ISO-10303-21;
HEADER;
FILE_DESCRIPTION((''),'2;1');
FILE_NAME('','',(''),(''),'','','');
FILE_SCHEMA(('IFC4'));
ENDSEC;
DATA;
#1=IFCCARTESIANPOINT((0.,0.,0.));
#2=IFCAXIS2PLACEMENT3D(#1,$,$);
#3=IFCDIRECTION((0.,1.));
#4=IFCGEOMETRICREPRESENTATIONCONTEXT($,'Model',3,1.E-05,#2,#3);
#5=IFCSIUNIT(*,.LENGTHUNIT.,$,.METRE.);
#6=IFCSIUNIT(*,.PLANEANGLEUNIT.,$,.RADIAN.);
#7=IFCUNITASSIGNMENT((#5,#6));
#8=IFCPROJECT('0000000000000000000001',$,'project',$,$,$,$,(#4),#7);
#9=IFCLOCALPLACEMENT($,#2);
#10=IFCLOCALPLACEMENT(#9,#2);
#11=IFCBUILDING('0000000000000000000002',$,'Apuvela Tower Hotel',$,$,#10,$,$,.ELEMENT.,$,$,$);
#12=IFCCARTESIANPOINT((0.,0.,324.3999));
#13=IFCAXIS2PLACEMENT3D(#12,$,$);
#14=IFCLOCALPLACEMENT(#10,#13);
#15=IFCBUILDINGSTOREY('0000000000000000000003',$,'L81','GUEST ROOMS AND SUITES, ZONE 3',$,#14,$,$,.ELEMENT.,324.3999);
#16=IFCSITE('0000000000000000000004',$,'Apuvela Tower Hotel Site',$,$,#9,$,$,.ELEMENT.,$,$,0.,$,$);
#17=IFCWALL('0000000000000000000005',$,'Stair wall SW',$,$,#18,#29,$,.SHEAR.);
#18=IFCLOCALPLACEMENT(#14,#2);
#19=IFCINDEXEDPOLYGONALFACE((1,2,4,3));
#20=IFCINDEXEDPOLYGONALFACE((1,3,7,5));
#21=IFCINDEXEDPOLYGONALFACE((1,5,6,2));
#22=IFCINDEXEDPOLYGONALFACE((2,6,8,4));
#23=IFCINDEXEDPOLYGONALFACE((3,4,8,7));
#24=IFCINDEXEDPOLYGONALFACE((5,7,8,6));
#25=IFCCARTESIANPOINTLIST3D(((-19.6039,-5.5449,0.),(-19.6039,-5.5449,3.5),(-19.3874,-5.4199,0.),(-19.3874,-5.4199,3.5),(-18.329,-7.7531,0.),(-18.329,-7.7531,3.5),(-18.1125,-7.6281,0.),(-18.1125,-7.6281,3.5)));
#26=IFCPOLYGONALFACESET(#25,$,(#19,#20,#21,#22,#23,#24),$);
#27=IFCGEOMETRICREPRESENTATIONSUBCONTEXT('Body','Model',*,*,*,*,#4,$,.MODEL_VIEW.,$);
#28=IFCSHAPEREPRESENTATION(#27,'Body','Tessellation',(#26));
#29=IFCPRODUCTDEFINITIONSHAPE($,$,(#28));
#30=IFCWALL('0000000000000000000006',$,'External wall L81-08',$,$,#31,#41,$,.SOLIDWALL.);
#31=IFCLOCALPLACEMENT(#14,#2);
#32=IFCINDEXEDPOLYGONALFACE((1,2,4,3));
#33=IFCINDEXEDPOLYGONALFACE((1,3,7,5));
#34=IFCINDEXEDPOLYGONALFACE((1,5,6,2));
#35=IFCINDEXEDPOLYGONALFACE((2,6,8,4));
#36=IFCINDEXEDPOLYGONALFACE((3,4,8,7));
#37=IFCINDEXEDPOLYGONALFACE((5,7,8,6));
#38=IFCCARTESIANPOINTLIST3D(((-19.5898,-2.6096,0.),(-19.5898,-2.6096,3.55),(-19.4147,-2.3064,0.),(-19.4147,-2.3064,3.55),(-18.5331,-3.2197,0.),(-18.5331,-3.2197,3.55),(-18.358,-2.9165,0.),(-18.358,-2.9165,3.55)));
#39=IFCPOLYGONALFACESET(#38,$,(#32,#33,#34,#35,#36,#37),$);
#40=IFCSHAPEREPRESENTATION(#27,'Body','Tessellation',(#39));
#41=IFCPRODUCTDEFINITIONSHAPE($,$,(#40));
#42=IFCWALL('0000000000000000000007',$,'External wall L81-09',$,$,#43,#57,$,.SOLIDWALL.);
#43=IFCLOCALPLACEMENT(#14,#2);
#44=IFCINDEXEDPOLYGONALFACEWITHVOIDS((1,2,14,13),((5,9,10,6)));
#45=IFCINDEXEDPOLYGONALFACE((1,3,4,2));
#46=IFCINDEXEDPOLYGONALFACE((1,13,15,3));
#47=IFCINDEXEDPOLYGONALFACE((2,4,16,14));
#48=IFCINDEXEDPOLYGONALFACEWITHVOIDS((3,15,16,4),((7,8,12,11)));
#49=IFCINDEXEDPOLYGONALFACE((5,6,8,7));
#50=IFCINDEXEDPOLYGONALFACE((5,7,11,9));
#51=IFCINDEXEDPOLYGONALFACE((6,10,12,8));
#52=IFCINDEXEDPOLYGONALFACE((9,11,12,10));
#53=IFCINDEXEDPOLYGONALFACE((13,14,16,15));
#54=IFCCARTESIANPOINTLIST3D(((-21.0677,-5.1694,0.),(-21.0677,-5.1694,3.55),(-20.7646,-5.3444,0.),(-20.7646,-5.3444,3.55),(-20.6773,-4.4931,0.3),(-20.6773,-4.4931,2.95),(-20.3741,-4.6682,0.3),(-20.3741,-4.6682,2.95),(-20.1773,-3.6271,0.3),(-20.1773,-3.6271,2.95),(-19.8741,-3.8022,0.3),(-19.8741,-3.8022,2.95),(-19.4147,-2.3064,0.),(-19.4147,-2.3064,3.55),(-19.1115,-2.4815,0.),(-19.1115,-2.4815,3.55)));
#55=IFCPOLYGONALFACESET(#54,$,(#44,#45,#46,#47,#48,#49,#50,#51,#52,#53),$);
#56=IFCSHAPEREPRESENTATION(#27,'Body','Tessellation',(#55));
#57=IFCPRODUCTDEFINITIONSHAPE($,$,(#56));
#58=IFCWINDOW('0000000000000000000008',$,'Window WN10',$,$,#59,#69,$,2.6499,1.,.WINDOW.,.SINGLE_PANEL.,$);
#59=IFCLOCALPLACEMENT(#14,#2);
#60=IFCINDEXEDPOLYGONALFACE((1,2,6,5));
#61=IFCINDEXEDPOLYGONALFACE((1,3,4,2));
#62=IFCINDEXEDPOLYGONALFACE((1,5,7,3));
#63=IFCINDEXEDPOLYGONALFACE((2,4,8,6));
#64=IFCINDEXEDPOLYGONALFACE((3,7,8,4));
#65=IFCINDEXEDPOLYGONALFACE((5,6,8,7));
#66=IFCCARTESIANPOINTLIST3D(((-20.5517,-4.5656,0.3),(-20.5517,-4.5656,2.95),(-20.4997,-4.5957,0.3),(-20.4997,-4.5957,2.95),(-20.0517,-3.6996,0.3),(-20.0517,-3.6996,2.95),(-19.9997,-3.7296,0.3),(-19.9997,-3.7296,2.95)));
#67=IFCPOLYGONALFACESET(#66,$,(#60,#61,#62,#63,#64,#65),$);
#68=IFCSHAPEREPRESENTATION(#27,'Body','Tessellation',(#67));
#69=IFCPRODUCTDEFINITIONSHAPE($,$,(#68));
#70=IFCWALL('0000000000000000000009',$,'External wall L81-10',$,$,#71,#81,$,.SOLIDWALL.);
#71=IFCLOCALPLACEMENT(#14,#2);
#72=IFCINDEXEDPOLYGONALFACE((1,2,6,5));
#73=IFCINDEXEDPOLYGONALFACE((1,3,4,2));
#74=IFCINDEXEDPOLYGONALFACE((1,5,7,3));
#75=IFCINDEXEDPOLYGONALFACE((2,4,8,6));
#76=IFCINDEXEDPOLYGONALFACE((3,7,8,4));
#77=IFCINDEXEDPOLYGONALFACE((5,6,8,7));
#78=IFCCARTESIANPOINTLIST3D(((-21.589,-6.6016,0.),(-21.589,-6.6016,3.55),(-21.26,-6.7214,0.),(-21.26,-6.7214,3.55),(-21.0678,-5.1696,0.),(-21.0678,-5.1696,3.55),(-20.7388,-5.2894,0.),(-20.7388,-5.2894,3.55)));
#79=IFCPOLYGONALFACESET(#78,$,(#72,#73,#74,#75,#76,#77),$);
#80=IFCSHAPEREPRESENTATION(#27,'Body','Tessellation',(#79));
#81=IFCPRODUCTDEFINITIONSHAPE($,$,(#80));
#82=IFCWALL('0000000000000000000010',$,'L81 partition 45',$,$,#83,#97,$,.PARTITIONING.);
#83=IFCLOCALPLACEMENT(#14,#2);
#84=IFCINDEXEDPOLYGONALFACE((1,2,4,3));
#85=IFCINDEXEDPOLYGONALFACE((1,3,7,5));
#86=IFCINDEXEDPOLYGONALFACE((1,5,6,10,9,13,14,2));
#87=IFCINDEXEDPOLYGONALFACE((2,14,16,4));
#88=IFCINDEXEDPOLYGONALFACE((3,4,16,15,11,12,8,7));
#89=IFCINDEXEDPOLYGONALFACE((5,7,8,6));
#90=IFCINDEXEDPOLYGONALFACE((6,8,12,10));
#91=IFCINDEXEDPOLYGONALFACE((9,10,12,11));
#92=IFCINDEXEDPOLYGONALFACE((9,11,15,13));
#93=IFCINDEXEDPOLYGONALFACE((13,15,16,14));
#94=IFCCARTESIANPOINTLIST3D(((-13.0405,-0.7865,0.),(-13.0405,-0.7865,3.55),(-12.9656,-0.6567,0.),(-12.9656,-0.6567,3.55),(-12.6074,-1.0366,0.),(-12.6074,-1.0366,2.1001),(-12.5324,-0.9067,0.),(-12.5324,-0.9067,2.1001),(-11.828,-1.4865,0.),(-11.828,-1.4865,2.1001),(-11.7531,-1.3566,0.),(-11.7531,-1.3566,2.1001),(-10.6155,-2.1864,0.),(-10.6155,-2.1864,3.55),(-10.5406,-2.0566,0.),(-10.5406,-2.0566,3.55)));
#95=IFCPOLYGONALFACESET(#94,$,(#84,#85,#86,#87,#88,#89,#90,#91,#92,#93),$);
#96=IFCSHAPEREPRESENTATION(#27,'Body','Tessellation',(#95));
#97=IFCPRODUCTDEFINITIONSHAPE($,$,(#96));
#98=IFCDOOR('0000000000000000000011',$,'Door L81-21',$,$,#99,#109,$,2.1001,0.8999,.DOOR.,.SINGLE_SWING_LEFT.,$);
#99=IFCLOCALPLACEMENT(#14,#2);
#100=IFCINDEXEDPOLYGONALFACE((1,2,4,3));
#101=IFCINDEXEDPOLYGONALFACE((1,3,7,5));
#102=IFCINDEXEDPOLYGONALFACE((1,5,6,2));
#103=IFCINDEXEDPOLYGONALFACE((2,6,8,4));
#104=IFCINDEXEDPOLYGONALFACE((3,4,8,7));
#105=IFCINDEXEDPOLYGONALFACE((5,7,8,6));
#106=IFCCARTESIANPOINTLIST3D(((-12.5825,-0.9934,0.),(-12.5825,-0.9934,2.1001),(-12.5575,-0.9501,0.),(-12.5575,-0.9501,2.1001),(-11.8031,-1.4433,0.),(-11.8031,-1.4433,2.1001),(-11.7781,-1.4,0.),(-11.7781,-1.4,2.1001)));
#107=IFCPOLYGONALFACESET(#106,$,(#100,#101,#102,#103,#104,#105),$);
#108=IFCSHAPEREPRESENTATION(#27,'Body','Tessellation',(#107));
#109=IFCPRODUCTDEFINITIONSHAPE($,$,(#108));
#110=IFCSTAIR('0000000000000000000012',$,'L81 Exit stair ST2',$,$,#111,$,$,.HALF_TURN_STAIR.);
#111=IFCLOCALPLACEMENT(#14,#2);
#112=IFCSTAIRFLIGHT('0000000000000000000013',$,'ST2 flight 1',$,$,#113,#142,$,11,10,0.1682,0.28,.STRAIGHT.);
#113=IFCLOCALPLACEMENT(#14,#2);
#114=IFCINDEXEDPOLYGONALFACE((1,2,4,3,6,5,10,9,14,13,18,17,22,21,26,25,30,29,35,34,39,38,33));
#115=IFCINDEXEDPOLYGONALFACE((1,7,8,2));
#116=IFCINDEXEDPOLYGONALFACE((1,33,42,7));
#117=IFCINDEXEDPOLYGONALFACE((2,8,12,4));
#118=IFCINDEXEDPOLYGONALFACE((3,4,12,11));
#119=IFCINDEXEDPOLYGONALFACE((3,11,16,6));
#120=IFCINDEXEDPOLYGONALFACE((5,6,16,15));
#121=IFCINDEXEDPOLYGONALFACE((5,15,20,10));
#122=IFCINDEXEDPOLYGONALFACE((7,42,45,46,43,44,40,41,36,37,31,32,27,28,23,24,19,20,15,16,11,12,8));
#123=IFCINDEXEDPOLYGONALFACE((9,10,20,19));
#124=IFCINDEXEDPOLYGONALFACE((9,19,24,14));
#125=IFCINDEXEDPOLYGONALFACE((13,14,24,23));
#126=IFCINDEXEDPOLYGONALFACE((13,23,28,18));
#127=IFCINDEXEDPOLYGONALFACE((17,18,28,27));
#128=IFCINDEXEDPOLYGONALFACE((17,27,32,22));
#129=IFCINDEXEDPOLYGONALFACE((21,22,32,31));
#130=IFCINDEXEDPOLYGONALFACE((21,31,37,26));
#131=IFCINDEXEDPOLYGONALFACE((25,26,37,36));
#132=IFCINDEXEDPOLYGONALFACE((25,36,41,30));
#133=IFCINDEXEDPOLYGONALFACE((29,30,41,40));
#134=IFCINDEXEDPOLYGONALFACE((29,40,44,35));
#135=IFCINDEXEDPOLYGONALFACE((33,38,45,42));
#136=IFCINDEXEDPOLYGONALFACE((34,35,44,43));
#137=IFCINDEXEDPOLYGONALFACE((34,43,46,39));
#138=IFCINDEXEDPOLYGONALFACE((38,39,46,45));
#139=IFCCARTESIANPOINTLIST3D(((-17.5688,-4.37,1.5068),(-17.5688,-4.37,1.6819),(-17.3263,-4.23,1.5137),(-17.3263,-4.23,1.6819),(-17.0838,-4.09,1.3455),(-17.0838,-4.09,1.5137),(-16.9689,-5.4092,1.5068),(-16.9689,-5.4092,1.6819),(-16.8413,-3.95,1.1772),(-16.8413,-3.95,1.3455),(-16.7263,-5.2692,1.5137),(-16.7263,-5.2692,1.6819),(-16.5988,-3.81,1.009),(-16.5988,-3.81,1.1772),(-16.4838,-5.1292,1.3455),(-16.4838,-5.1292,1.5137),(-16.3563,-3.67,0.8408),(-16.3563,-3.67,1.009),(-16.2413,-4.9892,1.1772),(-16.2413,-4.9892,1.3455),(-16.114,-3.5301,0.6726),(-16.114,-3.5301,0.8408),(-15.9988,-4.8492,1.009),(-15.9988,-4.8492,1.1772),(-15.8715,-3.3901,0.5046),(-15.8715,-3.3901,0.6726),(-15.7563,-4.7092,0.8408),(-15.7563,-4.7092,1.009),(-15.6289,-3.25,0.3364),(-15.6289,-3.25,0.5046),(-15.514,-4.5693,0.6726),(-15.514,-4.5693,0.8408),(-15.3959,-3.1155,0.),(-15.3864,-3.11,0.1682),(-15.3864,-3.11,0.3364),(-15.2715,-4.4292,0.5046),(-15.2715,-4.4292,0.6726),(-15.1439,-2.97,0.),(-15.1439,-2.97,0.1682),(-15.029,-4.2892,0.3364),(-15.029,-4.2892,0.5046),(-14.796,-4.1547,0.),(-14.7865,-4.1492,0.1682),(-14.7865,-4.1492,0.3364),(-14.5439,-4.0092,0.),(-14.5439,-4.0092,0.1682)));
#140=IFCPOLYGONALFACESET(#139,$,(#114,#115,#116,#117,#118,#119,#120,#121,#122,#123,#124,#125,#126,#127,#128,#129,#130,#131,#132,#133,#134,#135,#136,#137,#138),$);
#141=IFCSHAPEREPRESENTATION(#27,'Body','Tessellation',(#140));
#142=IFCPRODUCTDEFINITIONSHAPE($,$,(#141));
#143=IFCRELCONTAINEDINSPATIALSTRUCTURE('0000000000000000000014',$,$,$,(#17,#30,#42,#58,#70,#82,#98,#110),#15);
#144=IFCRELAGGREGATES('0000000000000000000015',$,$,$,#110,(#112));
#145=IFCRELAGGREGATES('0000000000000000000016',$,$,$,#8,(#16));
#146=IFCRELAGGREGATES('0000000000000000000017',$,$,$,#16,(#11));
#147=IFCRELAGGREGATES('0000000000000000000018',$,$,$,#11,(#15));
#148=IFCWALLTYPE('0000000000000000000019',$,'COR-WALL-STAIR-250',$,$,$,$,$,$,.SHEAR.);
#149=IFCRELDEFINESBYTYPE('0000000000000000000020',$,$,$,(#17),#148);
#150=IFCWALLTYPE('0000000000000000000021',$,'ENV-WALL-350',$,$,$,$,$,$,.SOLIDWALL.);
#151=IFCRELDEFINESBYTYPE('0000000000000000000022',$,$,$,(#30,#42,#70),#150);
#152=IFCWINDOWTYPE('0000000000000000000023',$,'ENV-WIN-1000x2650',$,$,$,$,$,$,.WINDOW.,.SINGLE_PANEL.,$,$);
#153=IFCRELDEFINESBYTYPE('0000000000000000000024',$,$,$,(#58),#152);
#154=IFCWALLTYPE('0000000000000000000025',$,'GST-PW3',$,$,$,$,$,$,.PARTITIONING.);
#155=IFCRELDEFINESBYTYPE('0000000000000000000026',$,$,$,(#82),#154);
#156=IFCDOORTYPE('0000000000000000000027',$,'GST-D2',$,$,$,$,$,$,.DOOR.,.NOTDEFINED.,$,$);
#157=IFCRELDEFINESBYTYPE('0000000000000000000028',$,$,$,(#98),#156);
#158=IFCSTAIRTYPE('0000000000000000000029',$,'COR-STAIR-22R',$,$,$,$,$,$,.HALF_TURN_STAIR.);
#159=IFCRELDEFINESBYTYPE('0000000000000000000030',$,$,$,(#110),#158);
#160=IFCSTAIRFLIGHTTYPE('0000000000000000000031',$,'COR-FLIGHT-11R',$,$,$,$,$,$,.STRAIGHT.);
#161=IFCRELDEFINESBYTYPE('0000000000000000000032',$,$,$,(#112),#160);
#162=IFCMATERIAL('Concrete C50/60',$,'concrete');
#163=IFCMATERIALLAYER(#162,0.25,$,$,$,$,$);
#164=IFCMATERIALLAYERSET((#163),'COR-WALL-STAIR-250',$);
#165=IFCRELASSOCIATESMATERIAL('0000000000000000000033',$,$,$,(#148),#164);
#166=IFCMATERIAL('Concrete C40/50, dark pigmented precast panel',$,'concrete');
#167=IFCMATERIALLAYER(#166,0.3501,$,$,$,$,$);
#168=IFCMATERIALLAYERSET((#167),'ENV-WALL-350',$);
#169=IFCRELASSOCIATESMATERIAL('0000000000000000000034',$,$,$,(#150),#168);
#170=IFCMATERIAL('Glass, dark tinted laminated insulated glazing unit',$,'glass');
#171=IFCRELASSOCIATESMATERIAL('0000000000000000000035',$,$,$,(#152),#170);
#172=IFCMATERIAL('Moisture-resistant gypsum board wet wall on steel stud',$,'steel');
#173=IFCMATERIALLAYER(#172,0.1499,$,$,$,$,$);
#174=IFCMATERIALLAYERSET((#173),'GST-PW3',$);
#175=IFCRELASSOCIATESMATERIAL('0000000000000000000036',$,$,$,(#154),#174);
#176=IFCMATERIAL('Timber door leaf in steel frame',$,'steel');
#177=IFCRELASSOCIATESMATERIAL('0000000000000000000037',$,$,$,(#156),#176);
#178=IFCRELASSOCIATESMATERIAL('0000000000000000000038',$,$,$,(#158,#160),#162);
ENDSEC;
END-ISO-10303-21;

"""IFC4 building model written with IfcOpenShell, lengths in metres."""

from ifc_helpers import new_model, si_unit, direction, frame, frame_2d, origin, place, context, subcontext, project, spatial, polyline, rectangle, outline, extrude, material, layer, layer_set, type_object, element, fill, aggregate, save


model = new_model("IFC4")

# Units and contexts
model_context = context("Model", 3, precision=1e-05, world=origin(), true_north=direction((0.0, 1.0)))
body_context = subcontext(model_context, "Body", "Model", "MODEL_VIEW")
ifc_project = project(units=[si_unit("LENGTHUNIT", "METRE"), si_unit("PLANEANGLEUNIT", "RADIAN")], contexts=[model_context])

# Site, building, storey
site_placement = place(None, origin())
site = spatial("IfcSite", under=ifc_project, at=site_placement, Name="Apuvela Tower Hotel Site", CompositionType="ELEMENT", RefElevation=0.0)
building_placement = place(site_placement, origin())
building = spatial("IfcBuilding", under=site, at=building_placement, Name="Apuvela Tower Hotel", CompositionType="ELEMENT")
storey_placement = place(building_placement, frame((0.0, 0.0, 324.3999)))
storey = spatial("IfcBuildingStorey", under=building, at=storey_placement, Name="L81", Description="GUEST ROOMS AND SUITES, ZONE 3", CompositionType="ELEMENT", Elevation=324.3999)

# Shared definitions
ifc_material_1 = material(Name="Concrete C50/60", Category="concrete")

# Shared definitions
ifc_layer_1 = layer(ifc_material_1, 0.25)
ifc_layer_set_1 = layer_set([ifc_layer_1], Name="COR-WALL-STAIR-250")
wall_type_1 = type_object("IfcWallType", Name="COR-WALL-STAIR-250", PredefinedType="SHEAR", material=ifc_layer_set_1)

# Walls
wall_1_placement = place(storey_placement, frame((-19.4956, -5.4824, 0.0), z_axis=(0.0, 0.0, 1.0), x_axis=(0.49999, -0.866031, 0.0)))
element("IfcWall", 1, at=wall_1_placement, inside=storey, type_object=wall_type_1, Name="Stair wall SW", PredefinedType="SHEAR", context=body_context, shape_type="SweptSolid", body=[
    extrude(rectangle(XDim=2.5498, YDim=0.25, at=frame_2d((1.2749, 0.0))), origin(), (0.0, 0.0, 1.0), 3.5),
])
ifc_material_2 = material(Name="Concrete C40/50, dark pigmented precast panel", Category="concrete")
ifc_layer_2 = layer(ifc_material_2, 0.3501)
ifc_layer_set_2 = layer_set([ifc_layer_2], Name="ENV-WALL-350")
wall_type_2 = type_object("IfcWallType", Name="ENV-WALL-350", PredefinedType="SOLIDWALL", material=ifc_layer_set_2)
wall_2_placement = place(storey_placement, frame((-18.4456, -3.0681, 0.0), z_axis=(0.0, 0.0, 1.0), x_axis=(-0.866006, 0.500034, 0.0)))
element("IfcWall", 2, at=wall_2_placement, inside=storey, type_object=wall_type_2, Name="External wall L81-08", PredefinedType="SOLIDWALL", context=body_context, shape_type="SweptSolid", body=[
    extrude(rectangle(XDim=1.2202, YDim=0.3501, at=frame_2d((0.6101, 0.0))), origin(), (0.0, 0.0, 1.0), 3.55),
])

# Wall, opening, window
wall_3_placement = place(storey_placement, frame((-19.2632, -2.394, 0.0), z_axis=(0.0, 0.0, 1.0), x_axis=(-0.500023, -0.866012, 0.0)))
wall_3 = element("IfcWall", 3, at=wall_3_placement, inside=storey, type_object=wall_type_2, Name="External wall L81-09", PredefinedType="SOLIDWALL", context=body_context, shape_type="SweptSolid", body=[
    extrude(rectangle(XDim=3.3059, YDim=0.3501, at=frame_2d((1.6528, 0.0))), origin(), (0.0, 0.0, 1.0), 3.55),
])
opening_1_placement = place(wall_3_placement, frame((1.5249, 0.0, 0.3)))
opening_1 = element("IfcOpeningElement", 4, at=opening_1_placement, cuts=wall_3, PredefinedType="OPENING", context=body_context, shape_type="SweptSolid", body=[
    extrude(rectangle(XDim=1.0, YDim=2.6499, at=frame_2d((0.5, 1.325))), frame((0.0, 0.1851, 0.0), z_axis=(0.0, -1.0, 0.0), x_axis=(1.0, 0.0, 0.0)), (0.0, 0.0, 1.0), 0.3701),
])
ifc_material_3 = material(Name="Glass, dark tinted laminated insulated glazing unit", Category="glass")
window_type = type_object("IfcWindowType", Name="ENV-WIN-1000x2650", PartitioningType="SINGLE_PANEL", PredefinedType="WINDOW", material=ifc_material_3)
window_placement = place(opening_1_placement, origin())
window = element("IfcWindow", 5, at=window_placement, inside=storey, type_object=window_type, Name="Window WN10", OverallHeight=2.6499, OverallWidth=1.0, PartitioningType="SINGLE_PANEL", PredefinedType="WINDOW", context=body_context, shape_type="SweptSolid", body=[
    extrude(rectangle(XDim=1.0, YDim=2.6499, at=frame_2d((0.5, 1.325))), frame((0.0, 0.03, 0.0), z_axis=(0.0, -1.0, 0.0), x_axis=(1.0, 0.0, 0.0)), (0.0, 0.0, 1.0), 0.0601),
])
fill(opening_1, window)

# Wall
wall_4_placement = place(storey_placement, frame((-20.9033, -5.2295, 0.0), z_axis=(0.0, 0.0, 1.0), x_axis=(-0.342013, -0.939695, 0.0)))
element("IfcWall", 6, at=wall_4_placement, inside=storey, type_object=wall_type_2, Name="External wall L81-10", PredefinedType="SOLIDWALL", context=body_context, shape_type="SweptSolid", body=[
    extrude(rectangle(XDim=1.5239, YDim=0.3501, at=frame_2d((0.762, 0.0))), origin(), (0.0, 0.0, 1.0), 3.55),
])

# Wall, opening, door
ifc_material_4 = material(Name="Moisture-resistant gypsum board wet wall on steel stud", Category="steel")
ifc_layer_3 = layer(ifc_material_4, 0.1499)
ifc_layer_set_3 = layer_set([ifc_layer_3], Name="GST-PW3")
wall_type_3 = type_object("IfcWallType", Name="GST-PW3", PredefinedType="PARTITIONING", material=ifc_layer_set_3)
wall_5_placement = place(storey_placement, frame((-13.0029, -0.7217, 0.0), z_axis=(0.0, 0.0, 1.0), x_axis=(0.866056, -0.499946, 0.0)))
wall_5 = element("IfcWall", 7, at=wall_5_placement, inside=storey, type_object=wall_type_3, Name="L81 partition 45", PredefinedType="PARTITIONING", context=body_context, shape_type="SweptSolid", body=[
    extrude(rectangle(XDim=2.8, YDim=0.1499, at=frame_2d((1.3999, 0.0))), origin(), (0.0, 0.0, 1.0), 3.55),
])
opening_2_placement = place(wall_5_placement, frame((0.5, 0.0, 0.0)))
opening_2 = element("IfcOpeningElement", 8, at=opening_2_placement, cuts=wall_5, PredefinedType="OPENING", context=body_context, shape_type="SweptSolid", body=[
    extrude(rectangle(XDim=0.8999, YDim=2.1001, at=frame_2d((0.45, 1.05))), frame((0.0, 0.085, 0.0), z_axis=(0.0, -1.0, 0.0), x_axis=(1.0, 0.0, 0.0)), (0.0, 0.0, 1.0), 0.1699),
])
ifc_material_5 = material(Name="Timber door leaf in steel frame", Category="steel")
door_type_1 = type_object("IfcDoorType", Name="GST-D2", OperationType="NOTDEFINED", PredefinedType="DOOR", material=ifc_material_5)
door_1_placement = place(opening_2_placement, origin())
door_1 = element("IfcDoor", 9, at=door_1_placement, inside=storey, type_object=door_type_1, Name="Door L81-21", OperationType="SINGLE_SWING_LEFT", OverallHeight=2.1001, OverallWidth=0.8999, PredefinedType="DOOR", context=body_context, shape_type="SweptSolid", body=[
    extrude(rectangle(XDim=0.8999, YDim=2.1001, at=frame_2d((0.45, 1.05))), frame((0.0, 0.0249, 0.0), z_axis=(0.0, -1.0, 0.0), x_axis=(1.0, 0.0, 0.0)), (0.0, 0.0, 1.0), 0.05),
])
fill(opening_2, door_1)

# Stair, stair flight
stair_type = type_object("IfcStairType", Name="COR-STAIR-22R", PredefinedType="HALF_TURN_STAIR", material=ifc_material_1)
stair_placement = place(storey_placement, origin())
stair = element("IfcStair", 10, at=stair_placement, inside=storey, type_object=stair_type, Name="L81 Exit stair ST2", PredefinedType="HALF_TURN_STAIR")
stair_flight_type = type_object("IfcStairFlightType", Name="COR-FLIGHT-11R", PredefinedType="STRAIGHT", material=ifc_material_1)
stair_flight_placement = place(storey_placement, frame((-14.844, -3.4895, 0.0), z_axis=(0.0, 0.0, 1.0), x_axis=(-0.866025, -0.5, 0.0)))
stair_flight = element("IfcStairFlight", 11, at=stair_flight_placement, type_object=stair_flight_type, Name="ST2 flight 1", NumberOfRisers=11, NumberOfTreads=10, PredefinedType="STRAIGHT", RiserHeight=0.1682, TreadLength=0.28, context=body_context, shape_type="SweptSolid", body=[
    extrude(outline(polyline([(0.0, 0.0), (0.0, 0.1682), (0.28, 0.1682), (0.28, 0.3364), (0.5601, 0.3364), (0.5601, 0.5046), (0.8401, 0.5046), (0.8401, 0.6726), (1.1201, 0.6726), (1.1201, 0.8408), (1.3999, 0.8408), (1.3999, 1.009), (1.6799, 1.009), (1.6799, 1.1772), (1.96, 1.1772), (1.96, 1.3455), (2.24, 1.3455), (2.24, 1.5137), (2.52, 1.5137), (2.52, 1.6819), (2.8, 1.6819), (2.8, 1.8501), (2.8, 1.5068), (0.291, 0.0), (0.0, 0.0)])), frame((0.0, 0.6001, 0.0), z_axis=(0.0, -1.0, 0.0), x_axis=(1.0, 0.0, 0.0)), (0.0, 0.0, 1.0), 1.2),
])
aggregate(stair, [stair_flight])

save(model, "model.ifc")
